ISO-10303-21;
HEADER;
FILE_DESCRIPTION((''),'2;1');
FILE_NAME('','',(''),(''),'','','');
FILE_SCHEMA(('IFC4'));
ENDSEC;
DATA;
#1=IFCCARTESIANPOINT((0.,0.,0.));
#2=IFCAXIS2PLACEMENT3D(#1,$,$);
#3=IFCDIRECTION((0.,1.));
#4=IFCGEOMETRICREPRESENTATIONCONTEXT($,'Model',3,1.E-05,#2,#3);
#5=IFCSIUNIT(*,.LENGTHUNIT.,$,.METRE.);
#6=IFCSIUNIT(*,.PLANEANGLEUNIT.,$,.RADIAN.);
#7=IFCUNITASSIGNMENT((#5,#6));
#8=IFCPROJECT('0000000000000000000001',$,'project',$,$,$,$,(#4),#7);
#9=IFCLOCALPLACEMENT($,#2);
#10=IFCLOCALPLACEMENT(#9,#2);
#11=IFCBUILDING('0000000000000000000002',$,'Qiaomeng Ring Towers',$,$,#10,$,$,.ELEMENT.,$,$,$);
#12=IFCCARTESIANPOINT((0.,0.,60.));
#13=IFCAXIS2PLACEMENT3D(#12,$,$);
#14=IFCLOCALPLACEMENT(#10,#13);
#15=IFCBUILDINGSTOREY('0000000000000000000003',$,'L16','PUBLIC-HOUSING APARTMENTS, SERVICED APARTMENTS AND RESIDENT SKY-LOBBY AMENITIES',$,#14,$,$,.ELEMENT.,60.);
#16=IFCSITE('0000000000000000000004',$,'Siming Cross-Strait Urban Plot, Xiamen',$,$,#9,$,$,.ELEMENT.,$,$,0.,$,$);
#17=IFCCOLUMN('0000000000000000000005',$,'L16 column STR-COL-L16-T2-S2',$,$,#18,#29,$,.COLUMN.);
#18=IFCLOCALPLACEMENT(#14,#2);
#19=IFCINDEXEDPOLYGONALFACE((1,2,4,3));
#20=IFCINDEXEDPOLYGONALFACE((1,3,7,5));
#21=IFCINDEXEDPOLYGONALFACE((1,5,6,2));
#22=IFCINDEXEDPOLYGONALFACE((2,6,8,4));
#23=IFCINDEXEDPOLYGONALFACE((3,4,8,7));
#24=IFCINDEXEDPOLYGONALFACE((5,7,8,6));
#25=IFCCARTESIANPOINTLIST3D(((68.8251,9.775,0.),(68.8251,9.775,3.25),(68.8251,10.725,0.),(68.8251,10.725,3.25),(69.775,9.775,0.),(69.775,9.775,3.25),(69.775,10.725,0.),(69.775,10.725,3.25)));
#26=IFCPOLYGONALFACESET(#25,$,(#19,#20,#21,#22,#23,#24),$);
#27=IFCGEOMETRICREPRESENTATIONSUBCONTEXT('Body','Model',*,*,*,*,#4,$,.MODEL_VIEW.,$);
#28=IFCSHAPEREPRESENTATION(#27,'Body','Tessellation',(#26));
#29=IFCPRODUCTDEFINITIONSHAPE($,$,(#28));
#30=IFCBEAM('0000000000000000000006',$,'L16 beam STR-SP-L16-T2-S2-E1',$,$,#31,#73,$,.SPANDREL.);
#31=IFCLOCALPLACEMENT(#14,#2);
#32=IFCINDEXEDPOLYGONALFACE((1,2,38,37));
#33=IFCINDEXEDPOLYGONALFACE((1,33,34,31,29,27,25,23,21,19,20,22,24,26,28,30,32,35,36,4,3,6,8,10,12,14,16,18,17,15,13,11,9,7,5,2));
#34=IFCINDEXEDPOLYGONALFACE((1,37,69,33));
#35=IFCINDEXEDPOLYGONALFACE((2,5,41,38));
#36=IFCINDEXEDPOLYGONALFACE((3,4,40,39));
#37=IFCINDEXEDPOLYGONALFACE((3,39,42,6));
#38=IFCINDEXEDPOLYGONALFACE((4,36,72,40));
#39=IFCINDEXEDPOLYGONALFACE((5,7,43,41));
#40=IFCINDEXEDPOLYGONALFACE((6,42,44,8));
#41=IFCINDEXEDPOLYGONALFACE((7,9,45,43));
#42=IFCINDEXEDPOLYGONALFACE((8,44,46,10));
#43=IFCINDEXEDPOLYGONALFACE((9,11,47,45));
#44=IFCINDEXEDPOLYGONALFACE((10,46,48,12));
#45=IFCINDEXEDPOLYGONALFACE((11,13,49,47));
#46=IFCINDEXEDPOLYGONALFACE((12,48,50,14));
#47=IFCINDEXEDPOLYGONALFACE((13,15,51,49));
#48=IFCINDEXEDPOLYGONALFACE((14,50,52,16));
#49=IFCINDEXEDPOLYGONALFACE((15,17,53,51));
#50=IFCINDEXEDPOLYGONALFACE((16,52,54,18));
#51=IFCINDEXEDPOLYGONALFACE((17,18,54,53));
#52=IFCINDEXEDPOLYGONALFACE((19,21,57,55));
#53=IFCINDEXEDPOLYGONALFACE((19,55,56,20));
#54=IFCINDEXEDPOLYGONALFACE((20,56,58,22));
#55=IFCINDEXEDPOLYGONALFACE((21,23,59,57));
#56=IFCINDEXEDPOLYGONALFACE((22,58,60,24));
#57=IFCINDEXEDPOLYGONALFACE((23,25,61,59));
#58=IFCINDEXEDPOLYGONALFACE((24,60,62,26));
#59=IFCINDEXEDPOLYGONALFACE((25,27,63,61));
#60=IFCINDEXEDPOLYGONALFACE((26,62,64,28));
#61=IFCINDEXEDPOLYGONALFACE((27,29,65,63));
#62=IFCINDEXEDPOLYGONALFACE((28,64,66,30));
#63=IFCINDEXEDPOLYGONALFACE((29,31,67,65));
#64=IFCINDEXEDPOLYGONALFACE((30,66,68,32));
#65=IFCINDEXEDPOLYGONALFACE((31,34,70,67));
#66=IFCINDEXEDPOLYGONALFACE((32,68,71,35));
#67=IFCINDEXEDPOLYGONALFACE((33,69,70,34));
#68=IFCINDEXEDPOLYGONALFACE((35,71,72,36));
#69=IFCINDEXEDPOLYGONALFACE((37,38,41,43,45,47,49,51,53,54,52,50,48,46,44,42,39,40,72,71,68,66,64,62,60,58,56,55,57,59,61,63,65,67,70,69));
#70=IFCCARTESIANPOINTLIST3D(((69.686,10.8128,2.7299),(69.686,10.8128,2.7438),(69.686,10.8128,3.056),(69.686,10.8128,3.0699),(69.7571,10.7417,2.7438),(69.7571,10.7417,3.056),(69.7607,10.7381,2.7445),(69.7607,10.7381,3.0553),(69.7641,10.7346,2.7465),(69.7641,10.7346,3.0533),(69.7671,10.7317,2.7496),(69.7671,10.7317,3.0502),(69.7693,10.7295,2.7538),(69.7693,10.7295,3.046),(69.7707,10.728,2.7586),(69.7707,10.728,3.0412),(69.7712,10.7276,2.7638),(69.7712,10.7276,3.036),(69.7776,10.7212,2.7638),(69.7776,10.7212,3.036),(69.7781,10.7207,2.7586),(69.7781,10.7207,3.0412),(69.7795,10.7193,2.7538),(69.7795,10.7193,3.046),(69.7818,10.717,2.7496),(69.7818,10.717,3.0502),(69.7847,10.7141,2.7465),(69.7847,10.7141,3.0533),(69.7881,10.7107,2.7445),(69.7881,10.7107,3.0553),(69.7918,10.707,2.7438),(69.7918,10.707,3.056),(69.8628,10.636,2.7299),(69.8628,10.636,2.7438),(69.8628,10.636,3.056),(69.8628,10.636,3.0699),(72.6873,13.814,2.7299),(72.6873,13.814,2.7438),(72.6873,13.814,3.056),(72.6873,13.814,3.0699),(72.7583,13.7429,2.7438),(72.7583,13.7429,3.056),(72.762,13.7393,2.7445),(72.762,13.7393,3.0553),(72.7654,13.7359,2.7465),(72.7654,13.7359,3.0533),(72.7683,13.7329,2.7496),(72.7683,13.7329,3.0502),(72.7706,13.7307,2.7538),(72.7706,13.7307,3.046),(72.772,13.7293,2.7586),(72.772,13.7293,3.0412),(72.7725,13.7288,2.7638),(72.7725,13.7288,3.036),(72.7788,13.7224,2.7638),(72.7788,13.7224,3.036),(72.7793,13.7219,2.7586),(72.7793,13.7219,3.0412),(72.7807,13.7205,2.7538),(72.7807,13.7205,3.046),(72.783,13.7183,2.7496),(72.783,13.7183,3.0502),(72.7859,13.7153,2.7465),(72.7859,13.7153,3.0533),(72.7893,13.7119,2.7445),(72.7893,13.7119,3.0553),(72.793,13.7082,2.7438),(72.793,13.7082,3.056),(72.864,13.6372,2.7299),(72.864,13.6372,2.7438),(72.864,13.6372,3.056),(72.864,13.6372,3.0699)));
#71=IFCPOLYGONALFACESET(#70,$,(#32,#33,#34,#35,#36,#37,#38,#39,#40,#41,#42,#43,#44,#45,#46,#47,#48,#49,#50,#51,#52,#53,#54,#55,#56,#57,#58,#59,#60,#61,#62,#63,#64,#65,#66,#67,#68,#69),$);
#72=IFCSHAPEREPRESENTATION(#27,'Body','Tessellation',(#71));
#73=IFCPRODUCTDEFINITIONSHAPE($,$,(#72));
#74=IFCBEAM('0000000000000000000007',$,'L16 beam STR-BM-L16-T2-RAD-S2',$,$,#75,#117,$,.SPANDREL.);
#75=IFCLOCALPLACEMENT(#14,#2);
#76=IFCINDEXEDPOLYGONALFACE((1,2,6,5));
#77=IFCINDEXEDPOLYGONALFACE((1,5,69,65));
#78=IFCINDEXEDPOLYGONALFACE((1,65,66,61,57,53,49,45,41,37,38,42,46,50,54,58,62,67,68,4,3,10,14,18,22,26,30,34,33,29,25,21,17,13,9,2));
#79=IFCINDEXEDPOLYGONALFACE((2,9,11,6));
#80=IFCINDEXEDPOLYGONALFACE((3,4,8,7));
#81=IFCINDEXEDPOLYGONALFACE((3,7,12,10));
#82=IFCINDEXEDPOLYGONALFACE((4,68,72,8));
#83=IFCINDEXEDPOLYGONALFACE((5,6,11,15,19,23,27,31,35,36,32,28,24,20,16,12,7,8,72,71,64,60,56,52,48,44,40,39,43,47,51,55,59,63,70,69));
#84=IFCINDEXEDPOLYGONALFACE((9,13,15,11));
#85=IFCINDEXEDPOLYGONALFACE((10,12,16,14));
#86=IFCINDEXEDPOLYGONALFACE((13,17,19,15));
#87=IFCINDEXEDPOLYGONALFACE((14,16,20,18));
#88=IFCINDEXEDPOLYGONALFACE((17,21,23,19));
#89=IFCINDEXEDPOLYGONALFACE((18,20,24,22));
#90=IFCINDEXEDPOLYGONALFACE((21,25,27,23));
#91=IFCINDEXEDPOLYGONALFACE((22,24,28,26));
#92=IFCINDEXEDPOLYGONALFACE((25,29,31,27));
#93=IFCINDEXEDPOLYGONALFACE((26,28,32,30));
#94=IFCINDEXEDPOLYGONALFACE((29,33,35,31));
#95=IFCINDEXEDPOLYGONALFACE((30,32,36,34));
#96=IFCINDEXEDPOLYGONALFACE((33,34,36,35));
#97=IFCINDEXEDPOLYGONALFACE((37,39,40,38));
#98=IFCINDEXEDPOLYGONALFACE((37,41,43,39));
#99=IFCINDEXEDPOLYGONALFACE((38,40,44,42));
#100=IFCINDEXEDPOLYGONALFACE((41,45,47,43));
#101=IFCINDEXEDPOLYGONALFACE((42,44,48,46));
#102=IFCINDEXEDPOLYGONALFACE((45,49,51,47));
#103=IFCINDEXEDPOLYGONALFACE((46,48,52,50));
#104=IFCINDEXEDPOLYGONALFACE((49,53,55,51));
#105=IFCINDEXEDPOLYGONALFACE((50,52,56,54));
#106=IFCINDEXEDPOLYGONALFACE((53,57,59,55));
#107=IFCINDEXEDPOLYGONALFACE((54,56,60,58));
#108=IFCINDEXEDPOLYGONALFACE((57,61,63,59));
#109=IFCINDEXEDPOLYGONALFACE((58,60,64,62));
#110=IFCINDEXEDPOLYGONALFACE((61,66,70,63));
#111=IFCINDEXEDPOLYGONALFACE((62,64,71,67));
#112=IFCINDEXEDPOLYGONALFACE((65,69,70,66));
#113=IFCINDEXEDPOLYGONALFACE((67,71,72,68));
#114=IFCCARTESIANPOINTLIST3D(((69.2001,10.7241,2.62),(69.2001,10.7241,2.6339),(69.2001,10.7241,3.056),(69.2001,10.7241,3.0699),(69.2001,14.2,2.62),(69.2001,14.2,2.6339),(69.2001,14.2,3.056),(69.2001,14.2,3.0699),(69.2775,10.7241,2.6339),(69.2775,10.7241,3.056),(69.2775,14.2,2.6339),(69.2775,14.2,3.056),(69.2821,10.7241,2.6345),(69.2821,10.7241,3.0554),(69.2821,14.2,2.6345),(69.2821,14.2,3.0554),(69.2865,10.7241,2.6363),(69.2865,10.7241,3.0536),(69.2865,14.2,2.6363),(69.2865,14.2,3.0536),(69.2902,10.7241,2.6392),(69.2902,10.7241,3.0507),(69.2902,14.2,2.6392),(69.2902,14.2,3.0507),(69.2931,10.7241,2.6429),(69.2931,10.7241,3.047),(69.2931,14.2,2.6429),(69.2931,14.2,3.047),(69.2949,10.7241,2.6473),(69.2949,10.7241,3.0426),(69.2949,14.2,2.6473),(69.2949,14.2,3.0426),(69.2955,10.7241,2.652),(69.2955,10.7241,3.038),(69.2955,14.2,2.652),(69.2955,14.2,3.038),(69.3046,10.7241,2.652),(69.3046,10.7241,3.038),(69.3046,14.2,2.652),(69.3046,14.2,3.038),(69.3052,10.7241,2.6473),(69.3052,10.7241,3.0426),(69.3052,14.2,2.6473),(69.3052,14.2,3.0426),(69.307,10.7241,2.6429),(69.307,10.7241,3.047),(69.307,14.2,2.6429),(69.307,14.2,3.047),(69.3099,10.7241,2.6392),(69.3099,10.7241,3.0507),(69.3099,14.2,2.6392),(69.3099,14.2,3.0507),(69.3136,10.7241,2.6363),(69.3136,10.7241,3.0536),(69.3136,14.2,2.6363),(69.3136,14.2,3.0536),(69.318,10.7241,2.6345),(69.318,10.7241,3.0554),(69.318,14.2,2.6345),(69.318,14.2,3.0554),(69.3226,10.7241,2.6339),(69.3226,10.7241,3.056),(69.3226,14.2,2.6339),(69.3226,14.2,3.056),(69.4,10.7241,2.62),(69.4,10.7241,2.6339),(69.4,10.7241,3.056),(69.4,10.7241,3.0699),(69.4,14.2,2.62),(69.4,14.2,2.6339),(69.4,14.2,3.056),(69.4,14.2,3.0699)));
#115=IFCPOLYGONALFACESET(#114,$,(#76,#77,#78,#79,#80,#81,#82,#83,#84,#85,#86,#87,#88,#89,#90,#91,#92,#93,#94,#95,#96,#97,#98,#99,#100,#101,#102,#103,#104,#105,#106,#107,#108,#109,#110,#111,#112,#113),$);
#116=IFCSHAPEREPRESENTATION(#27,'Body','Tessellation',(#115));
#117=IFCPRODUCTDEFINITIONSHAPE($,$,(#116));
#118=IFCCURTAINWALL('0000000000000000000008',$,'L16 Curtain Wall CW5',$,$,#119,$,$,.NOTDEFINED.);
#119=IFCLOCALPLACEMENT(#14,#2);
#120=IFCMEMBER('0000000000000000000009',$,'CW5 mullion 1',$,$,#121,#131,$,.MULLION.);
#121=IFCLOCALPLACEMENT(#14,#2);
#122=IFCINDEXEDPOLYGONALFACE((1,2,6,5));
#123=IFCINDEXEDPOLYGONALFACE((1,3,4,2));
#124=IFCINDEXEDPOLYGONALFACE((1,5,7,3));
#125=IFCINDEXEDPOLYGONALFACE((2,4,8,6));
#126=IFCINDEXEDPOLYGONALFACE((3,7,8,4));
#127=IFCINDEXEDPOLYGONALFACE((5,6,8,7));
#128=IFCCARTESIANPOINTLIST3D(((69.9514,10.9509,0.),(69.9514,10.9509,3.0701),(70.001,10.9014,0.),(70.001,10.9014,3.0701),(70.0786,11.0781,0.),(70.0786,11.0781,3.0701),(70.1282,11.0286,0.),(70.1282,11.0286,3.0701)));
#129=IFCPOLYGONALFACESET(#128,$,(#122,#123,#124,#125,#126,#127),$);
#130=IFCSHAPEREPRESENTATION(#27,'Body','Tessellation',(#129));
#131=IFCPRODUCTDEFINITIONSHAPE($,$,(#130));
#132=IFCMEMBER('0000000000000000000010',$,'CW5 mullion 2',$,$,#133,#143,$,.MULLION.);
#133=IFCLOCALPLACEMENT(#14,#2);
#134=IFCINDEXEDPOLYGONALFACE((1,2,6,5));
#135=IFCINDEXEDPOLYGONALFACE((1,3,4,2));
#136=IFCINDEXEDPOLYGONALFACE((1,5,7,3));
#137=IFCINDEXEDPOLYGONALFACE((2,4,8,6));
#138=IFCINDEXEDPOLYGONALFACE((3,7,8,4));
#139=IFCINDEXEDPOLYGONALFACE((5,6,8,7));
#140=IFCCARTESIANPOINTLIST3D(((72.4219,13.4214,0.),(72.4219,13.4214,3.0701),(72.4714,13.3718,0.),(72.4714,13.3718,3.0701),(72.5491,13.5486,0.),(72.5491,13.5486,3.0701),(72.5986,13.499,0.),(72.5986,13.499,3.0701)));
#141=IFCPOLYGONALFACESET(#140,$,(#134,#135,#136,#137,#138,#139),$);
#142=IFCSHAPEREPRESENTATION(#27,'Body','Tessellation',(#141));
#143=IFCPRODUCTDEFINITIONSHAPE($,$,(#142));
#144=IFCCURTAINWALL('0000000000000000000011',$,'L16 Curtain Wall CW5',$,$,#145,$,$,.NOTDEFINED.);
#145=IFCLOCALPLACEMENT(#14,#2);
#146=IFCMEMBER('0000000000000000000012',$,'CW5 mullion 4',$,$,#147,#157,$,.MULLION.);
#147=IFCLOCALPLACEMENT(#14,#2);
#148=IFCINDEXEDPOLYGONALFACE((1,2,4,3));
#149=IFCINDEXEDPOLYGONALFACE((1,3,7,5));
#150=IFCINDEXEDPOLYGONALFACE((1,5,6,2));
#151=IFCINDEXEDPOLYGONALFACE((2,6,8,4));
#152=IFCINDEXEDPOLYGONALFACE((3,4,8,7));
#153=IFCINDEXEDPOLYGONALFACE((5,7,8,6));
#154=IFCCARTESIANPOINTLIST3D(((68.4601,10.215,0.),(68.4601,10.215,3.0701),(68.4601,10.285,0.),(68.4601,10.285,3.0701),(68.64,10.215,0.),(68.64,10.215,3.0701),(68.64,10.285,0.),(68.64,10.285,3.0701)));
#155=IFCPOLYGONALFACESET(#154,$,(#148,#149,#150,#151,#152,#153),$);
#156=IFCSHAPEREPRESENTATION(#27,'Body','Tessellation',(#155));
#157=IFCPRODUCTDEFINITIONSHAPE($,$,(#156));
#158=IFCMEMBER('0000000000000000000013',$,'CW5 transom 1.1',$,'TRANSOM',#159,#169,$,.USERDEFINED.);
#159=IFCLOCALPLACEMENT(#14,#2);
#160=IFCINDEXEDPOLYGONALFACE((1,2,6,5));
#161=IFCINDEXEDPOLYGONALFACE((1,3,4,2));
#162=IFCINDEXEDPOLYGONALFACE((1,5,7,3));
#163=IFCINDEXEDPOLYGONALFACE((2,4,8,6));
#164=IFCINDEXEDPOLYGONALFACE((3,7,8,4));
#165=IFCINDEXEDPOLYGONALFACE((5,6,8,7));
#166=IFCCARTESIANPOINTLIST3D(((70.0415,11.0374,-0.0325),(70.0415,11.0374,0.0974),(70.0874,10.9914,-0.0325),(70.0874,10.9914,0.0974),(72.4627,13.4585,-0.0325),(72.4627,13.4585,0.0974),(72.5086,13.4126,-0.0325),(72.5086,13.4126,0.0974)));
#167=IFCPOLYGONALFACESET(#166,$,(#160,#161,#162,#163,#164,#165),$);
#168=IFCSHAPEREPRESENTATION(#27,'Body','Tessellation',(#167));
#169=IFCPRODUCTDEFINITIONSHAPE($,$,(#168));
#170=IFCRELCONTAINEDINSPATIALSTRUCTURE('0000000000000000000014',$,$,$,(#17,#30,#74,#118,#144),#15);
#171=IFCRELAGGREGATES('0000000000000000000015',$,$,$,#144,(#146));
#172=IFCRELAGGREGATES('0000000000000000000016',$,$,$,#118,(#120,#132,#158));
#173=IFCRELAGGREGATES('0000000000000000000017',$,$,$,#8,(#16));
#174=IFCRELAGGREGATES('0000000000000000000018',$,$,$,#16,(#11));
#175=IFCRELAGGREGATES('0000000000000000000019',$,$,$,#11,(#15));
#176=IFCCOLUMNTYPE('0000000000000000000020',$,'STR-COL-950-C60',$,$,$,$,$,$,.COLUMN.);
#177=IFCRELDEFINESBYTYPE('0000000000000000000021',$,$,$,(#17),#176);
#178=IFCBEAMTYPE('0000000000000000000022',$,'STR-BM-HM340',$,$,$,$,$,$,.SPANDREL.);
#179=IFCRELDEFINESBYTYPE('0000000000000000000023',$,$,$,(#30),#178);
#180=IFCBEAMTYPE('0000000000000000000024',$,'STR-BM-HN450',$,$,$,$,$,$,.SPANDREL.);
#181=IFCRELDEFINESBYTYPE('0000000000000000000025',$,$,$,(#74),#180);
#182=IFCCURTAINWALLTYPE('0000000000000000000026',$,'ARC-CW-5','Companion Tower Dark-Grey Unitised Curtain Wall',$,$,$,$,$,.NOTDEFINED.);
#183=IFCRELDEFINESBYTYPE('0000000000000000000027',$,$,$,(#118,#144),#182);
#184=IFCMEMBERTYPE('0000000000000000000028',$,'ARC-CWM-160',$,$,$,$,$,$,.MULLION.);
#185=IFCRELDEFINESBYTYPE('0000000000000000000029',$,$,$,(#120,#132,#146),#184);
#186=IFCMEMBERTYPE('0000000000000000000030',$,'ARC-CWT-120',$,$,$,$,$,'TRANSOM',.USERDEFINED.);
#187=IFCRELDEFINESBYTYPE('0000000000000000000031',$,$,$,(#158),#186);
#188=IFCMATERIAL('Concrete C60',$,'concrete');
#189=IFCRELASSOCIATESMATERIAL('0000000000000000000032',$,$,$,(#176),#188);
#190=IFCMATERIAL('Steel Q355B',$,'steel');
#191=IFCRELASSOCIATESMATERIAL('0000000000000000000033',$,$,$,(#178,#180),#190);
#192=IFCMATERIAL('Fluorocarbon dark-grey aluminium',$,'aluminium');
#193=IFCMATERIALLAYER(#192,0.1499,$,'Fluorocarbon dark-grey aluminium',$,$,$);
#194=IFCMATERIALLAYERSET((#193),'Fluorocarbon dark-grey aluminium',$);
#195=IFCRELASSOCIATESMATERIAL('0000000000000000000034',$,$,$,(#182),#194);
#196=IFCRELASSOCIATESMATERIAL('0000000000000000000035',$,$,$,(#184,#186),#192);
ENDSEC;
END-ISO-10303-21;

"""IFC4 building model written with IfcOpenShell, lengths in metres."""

from ifc_helpers import new_model, si_unit, direction, frame, origin, origin_2d, place, context, subcontext, project, spatial, rectangle, i_section, extrude, source, transform, mapped, material, layer, layer_set, material_profile, profile_set, type_object, element, aggregate, save


model = new_model("IFC4")

# Units and contexts
model_context = context("Model", 3, precision=1e-05, world=origin(), true_north=direction((0.0, 1.0)))
body_context = subcontext(model_context, "Body", "Model", "MODEL_VIEW")
ifc_project = project(units=[si_unit("LENGTHUNIT", "METRE"), si_unit("PLANEANGLEUNIT", "RADIAN")], contexts=[model_context])

# Site, building, storey
site_placement = place(None, origin())
site = spatial("IfcSite", under=ifc_project, at=site_placement, Name="Siming Cross-Strait Urban Plot, Xiamen", CompositionType="ELEMENT", RefElevation=0.0)
building_placement = place(site_placement, origin())
building = spatial("IfcBuilding", under=site, at=building_placement, Name="Qiaomeng Ring Towers", CompositionType="ELEMENT")
storey_placement = place(building_placement, frame((0.0, 0.0, 60.0)))
storey = spatial("IfcBuildingStorey", under=building, at=storey_placement, Name="L16", Description="PUBLIC-HOUSING APARTMENTS, SERVICED APARTMENTS AND RESIDENT SKY-LOBBY AMENITIES", CompositionType="ELEMENT", Elevation=60.0)

# Column
ifc_material_1 = material(Name="Concrete C60", Category="concrete")
ifc_material_profile_1 = material_profile(ifc_material_1, rectangle(XDim=0.95, YDim=0.95, at=origin_2d()), Name="RC COL 950x950")
ifc_profile_set_1 = profile_set([ifc_material_profile_1], Name="Concrete C60")
column_type = type_object("IfcColumnType", Name="STR-COL-950-C60", PredefinedType="COLUMN", material=ifc_profile_set_1)
shared_shape_1 = source(origin(), body_context, "Body", "SweptSolid", [
    extrude(rectangle(XDim=0.95, YDim=0.95, at=origin_2d()), origin(), (0.0, 0.0, 1.0), 3.25),
])
column_placement = place(storey_placement, frame((69.3, 10.25, 0.0), z_axis=(0.0, 0.0, 1.0), x_axis=(1.0, 0.0, 0.0)))
element("IfcColumn", 1, at=column_placement, inside=storey, type_object=column_type, Name="L16 column STR-COL-L16-T2-S2", PredefinedType="COLUMN", context=body_context, shape_type="MappedRepresentation", body=[
    mapped(shared_shape_1, transform((0.0, 0.0, 0.0), x_axis=(1.0, 0.0, 0.0), y_axis=(0.0, 1.0, 0.0), z_axis=(0.0, 0.0, 1.0), scale=1.0)),
])

# Beams
ifc_material_2 = material(Name="Steel Q355B", Category="steel")
ifc_material_profile_2 = material_profile(ifc_material_2, i_section(OverallWidth=0.25, OverallDepth=0.3401, WebThickness=0.009, FlangeThickness=0.0139, FilletRadius=0.02, at=origin_2d()), Name="HM 340x250x9x14")
ifc_profile_set_2 = profile_set([ifc_material_profile_2], Name="Steel Q355B")
beam_type_1 = type_object("IfcBeamType", Name="STR-BM-HM340", PredefinedType="SPANDREL", material=ifc_profile_set_2)
shared_shape_2 = source(origin(), body_context, "Body", "SweptSolid", [
    extrude(i_section(OverallWidth=0.25, OverallDepth=0.3401, WebThickness=0.009, FlangeThickness=0.0139, FilletRadius=0.02, at=origin_2d()), origin(), (0.0, 0.0, 1.0), 4.2444),
])
beam_1_placement = place(storey_placement, frame((69.7744, 10.7244, 2.8999), z_axis=(0.707107, 0.707107, 0.0), x_axis=(-0.707107, 0.707107, 0.0)))
element("IfcBeam", 2, at=beam_1_placement, inside=storey, type_object=beam_type_1, Name="L16 beam STR-SP-L16-T2-S2-E1", PredefinedType="SPANDREL", context=body_context, shape_type="MappedRepresentation", body=[
    mapped(shared_shape_2, transform((0.0, 0.0, 0.0), x_axis=(1.0, 0.0, 0.0), y_axis=(0.0, 1.0, 0.0), z_axis=(0.0, 0.0, 1.0), scale=1.0)),
])
ifc_material_profile_3 = material_profile(ifc_material_2, i_section(OverallWidth=0.2, OverallDepth=0.45, WebThickness=0.009, FlangeThickness=0.0139, FilletRadius=0.0181, at=origin_2d()), Name="HN 450x200x9x14")
ifc_profile_set_3 = profile_set([ifc_material_profile_3], Name="Steel Q355B")
beam_type_2 = type_object("IfcBeamType", Name="STR-BM-HN450", PredefinedType="SPANDREL", material=ifc_profile_set_3)
shared_shape_3 = source(origin(), body_context, "Body", "SweptSolid", [
    extrude(i_section(OverallWidth=0.2, OverallDepth=0.45, WebThickness=0.009, FlangeThickness=0.0139, FilletRadius=0.0181, at=origin_2d()), origin(), (0.0, 0.0, 1.0), 3.4758),
])
beam_2_placement = place(storey_placement, frame((69.3, 10.7241, 2.845), z_axis=(0.0, 1.0, 0.0), x_axis=(-1.0, 0.0, 0.0)))
element("IfcBeam", 3, at=beam_2_placement, inside=storey, type_object=beam_type_2, Name="L16 beam STR-BM-L16-T2-RAD-S2", PredefinedType="SPANDREL", context=body_context, shape_type="MappedRepresentation", body=[
    mapped(shared_shape_3, transform((0.0, 0.0, 0.0), x_axis=(1.0, 0.0, 0.0), y_axis=(0.0, 1.0, 0.0), z_axis=(0.0, 0.0, 1.0), scale=1.0)),
])

# Curtain wall, members
ifc_material_3 = material(Name="Fluorocarbon dark-grey aluminium", Category="aluminium")
ifc_layer_1 = layer(ifc_material_3, 0.1499, Name="Fluorocarbon dark-grey aluminium")
ifc_layer_set_1 = layer_set([ifc_layer_1], Name="Fluorocarbon dark-grey aluminium")
curtain_wall_type = type_object("IfcCurtainWallType", Name="ARC-CW-5", Description="Companion Tower Dark-Grey Unitised Curtain Wall", PredefinedType="NOTDEFINED", material=ifc_layer_set_1)
curtain_wall_1_placement = place(storey_placement, origin())
curtain_wall_1 = element("IfcCurtainWall", 4, at=curtain_wall_1_placement, inside=storey, type_object=curtain_wall_type, Name="L16 Curtain Wall CW5", PredefinedType="NOTDEFINED")
ifc_material_profile_4 = material_profile(ifc_material_3, rectangle(XDim=0.0701, YDim=0.1799, at=origin_2d()), Name="ALU MULL 70x180")
ifc_profile_set_4 = profile_set([ifc_material_profile_4], Name="Fluorocarbon dark-grey aluminium")
member_type_1 = type_object("IfcMemberType", Name="ARC-CWM-160", PredefinedType="MULLION", material=ifc_profile_set_4)
shared_shape_4 = source(origin(), body_context, "Body", "SweptSolid", [
    extrude(rectangle(XDim=0.0701, YDim=0.1799, at=origin_2d()), origin(), (0.0, 0.0, 1.0), 3.0701),
])
member_1_placement = place(storey_placement, frame((70.0398, 10.9897, 0.0), z_axis=(0.0, 0.0, 1.0), x_axis=(-0.707107, 0.707107, 0.0)))
member_1 = element("IfcMember", 5, at=member_1_placement, type_object=member_type_1, Name="CW5 mullion 1", PredefinedType="MULLION", context=body_context, shape_type="MappedRepresentation", body=[
    mapped(shared_shape_4, transform((0.0, 0.0, 0.0), x_axis=(1.0, 0.0, 0.0), y_axis=(0.0, 1.0, 0.0), z_axis=(0.0, 0.0, 1.0), scale=1.0)),
])
member_2_placement = place(storey_placement, frame((72.5103, 13.4602, 0.0), z_axis=(0.0, 0.0, 1.0), x_axis=(-0.707107, 0.707107, 0.0)))
member_2 = element("IfcMember", 6, at=member_2_placement, type_object=member_type_1, Name="CW5 mullion 2", PredefinedType="MULLION", context=body_context, shape_type="MappedRepresentation", body=[
    mapped(shared_shape_4, transform((0.0, 0.0, 0.0), x_axis=(1.0, 0.0, 0.0), y_axis=(0.0, 1.0, 0.0), z_axis=(0.0, 0.0, 1.0), scale=1.0)),
])

# Curtain wall, member
curtain_wall_2_placement = place(storey_placement, origin())
curtain_wall_2 = element("IfcCurtainWall", 7, at=curtain_wall_2_placement, inside=storey, type_object=curtain_wall_type, Name="L16 Curtain Wall CW5", PredefinedType="NOTDEFINED")
member_3_placement = place(storey_placement, frame((68.55, 10.25, 0.0), z_axis=(0.0, 0.0, 1.0), x_axis=(0.0, 1.0, 0.0)))
member_3 = element("IfcMember", 8, at=member_3_placement, type_object=member_type_1, Name="CW5 mullion 4", PredefinedType="MULLION", context=body_context, shape_type="MappedRepresentation", body=[
    mapped(shared_shape_4, transform((0.0, 0.0, 0.0), x_axis=(1.0, 0.0, 0.0), y_axis=(0.0, 1.0, 0.0), z_axis=(0.0, 0.0, 1.0), scale=1.0)),
])
aggregate(curtain_wall_2, [member_3])

# Member
ifc_material_profile_5 = material_profile(ifc_material_3, rectangle(XDim=0.0649, YDim=0.1299, at=origin_2d()), Name="ALU TRAN 65x130")
ifc_profile_set_5 = profile_set([ifc_material_profile_5], Name="Fluorocarbon dark-grey aluminium")
member_type_2 = type_object("IfcMemberType", Name="ARC-CWT-120", ElementType="TRANSOM", PredefinedType="USERDEFINED", material=ifc_profile_set_5)
shared_shape_5 = source(origin(), body_context, "Body", "SweptSolid", [
    extrude(rectangle(XDim=0.0649, YDim=0.1299, at=origin_2d()), origin(), (0.0, 0.0, 1.0), 3.4241),
])
member_4_placement = place(storey_placement, frame((70.0645, 11.0144, 0.0325), z_axis=(0.707107, 0.707107, 0.0), x_axis=(-0.707107, 0.707107, 0.0)))
member_4 = element("IfcMember", 9, at=member_4_placement, type_object=member_type_2, Name="CW5 transom 1.1", ObjectType="TRANSOM", PredefinedType="USERDEFINED", context=body_context, shape_type="MappedRepresentation", body=[
    mapped(shared_shape_5, transform((0.0, 0.0, 0.0), x_axis=(1.0, 0.0, 0.0), y_axis=(0.0, 1.0, 0.0), z_axis=(0.0, 0.0, 1.0), scale=1.0)),
])

aggregate(curtain_wall_1, [member_1, member_2, member_4])

save(model, "model.ifc")
